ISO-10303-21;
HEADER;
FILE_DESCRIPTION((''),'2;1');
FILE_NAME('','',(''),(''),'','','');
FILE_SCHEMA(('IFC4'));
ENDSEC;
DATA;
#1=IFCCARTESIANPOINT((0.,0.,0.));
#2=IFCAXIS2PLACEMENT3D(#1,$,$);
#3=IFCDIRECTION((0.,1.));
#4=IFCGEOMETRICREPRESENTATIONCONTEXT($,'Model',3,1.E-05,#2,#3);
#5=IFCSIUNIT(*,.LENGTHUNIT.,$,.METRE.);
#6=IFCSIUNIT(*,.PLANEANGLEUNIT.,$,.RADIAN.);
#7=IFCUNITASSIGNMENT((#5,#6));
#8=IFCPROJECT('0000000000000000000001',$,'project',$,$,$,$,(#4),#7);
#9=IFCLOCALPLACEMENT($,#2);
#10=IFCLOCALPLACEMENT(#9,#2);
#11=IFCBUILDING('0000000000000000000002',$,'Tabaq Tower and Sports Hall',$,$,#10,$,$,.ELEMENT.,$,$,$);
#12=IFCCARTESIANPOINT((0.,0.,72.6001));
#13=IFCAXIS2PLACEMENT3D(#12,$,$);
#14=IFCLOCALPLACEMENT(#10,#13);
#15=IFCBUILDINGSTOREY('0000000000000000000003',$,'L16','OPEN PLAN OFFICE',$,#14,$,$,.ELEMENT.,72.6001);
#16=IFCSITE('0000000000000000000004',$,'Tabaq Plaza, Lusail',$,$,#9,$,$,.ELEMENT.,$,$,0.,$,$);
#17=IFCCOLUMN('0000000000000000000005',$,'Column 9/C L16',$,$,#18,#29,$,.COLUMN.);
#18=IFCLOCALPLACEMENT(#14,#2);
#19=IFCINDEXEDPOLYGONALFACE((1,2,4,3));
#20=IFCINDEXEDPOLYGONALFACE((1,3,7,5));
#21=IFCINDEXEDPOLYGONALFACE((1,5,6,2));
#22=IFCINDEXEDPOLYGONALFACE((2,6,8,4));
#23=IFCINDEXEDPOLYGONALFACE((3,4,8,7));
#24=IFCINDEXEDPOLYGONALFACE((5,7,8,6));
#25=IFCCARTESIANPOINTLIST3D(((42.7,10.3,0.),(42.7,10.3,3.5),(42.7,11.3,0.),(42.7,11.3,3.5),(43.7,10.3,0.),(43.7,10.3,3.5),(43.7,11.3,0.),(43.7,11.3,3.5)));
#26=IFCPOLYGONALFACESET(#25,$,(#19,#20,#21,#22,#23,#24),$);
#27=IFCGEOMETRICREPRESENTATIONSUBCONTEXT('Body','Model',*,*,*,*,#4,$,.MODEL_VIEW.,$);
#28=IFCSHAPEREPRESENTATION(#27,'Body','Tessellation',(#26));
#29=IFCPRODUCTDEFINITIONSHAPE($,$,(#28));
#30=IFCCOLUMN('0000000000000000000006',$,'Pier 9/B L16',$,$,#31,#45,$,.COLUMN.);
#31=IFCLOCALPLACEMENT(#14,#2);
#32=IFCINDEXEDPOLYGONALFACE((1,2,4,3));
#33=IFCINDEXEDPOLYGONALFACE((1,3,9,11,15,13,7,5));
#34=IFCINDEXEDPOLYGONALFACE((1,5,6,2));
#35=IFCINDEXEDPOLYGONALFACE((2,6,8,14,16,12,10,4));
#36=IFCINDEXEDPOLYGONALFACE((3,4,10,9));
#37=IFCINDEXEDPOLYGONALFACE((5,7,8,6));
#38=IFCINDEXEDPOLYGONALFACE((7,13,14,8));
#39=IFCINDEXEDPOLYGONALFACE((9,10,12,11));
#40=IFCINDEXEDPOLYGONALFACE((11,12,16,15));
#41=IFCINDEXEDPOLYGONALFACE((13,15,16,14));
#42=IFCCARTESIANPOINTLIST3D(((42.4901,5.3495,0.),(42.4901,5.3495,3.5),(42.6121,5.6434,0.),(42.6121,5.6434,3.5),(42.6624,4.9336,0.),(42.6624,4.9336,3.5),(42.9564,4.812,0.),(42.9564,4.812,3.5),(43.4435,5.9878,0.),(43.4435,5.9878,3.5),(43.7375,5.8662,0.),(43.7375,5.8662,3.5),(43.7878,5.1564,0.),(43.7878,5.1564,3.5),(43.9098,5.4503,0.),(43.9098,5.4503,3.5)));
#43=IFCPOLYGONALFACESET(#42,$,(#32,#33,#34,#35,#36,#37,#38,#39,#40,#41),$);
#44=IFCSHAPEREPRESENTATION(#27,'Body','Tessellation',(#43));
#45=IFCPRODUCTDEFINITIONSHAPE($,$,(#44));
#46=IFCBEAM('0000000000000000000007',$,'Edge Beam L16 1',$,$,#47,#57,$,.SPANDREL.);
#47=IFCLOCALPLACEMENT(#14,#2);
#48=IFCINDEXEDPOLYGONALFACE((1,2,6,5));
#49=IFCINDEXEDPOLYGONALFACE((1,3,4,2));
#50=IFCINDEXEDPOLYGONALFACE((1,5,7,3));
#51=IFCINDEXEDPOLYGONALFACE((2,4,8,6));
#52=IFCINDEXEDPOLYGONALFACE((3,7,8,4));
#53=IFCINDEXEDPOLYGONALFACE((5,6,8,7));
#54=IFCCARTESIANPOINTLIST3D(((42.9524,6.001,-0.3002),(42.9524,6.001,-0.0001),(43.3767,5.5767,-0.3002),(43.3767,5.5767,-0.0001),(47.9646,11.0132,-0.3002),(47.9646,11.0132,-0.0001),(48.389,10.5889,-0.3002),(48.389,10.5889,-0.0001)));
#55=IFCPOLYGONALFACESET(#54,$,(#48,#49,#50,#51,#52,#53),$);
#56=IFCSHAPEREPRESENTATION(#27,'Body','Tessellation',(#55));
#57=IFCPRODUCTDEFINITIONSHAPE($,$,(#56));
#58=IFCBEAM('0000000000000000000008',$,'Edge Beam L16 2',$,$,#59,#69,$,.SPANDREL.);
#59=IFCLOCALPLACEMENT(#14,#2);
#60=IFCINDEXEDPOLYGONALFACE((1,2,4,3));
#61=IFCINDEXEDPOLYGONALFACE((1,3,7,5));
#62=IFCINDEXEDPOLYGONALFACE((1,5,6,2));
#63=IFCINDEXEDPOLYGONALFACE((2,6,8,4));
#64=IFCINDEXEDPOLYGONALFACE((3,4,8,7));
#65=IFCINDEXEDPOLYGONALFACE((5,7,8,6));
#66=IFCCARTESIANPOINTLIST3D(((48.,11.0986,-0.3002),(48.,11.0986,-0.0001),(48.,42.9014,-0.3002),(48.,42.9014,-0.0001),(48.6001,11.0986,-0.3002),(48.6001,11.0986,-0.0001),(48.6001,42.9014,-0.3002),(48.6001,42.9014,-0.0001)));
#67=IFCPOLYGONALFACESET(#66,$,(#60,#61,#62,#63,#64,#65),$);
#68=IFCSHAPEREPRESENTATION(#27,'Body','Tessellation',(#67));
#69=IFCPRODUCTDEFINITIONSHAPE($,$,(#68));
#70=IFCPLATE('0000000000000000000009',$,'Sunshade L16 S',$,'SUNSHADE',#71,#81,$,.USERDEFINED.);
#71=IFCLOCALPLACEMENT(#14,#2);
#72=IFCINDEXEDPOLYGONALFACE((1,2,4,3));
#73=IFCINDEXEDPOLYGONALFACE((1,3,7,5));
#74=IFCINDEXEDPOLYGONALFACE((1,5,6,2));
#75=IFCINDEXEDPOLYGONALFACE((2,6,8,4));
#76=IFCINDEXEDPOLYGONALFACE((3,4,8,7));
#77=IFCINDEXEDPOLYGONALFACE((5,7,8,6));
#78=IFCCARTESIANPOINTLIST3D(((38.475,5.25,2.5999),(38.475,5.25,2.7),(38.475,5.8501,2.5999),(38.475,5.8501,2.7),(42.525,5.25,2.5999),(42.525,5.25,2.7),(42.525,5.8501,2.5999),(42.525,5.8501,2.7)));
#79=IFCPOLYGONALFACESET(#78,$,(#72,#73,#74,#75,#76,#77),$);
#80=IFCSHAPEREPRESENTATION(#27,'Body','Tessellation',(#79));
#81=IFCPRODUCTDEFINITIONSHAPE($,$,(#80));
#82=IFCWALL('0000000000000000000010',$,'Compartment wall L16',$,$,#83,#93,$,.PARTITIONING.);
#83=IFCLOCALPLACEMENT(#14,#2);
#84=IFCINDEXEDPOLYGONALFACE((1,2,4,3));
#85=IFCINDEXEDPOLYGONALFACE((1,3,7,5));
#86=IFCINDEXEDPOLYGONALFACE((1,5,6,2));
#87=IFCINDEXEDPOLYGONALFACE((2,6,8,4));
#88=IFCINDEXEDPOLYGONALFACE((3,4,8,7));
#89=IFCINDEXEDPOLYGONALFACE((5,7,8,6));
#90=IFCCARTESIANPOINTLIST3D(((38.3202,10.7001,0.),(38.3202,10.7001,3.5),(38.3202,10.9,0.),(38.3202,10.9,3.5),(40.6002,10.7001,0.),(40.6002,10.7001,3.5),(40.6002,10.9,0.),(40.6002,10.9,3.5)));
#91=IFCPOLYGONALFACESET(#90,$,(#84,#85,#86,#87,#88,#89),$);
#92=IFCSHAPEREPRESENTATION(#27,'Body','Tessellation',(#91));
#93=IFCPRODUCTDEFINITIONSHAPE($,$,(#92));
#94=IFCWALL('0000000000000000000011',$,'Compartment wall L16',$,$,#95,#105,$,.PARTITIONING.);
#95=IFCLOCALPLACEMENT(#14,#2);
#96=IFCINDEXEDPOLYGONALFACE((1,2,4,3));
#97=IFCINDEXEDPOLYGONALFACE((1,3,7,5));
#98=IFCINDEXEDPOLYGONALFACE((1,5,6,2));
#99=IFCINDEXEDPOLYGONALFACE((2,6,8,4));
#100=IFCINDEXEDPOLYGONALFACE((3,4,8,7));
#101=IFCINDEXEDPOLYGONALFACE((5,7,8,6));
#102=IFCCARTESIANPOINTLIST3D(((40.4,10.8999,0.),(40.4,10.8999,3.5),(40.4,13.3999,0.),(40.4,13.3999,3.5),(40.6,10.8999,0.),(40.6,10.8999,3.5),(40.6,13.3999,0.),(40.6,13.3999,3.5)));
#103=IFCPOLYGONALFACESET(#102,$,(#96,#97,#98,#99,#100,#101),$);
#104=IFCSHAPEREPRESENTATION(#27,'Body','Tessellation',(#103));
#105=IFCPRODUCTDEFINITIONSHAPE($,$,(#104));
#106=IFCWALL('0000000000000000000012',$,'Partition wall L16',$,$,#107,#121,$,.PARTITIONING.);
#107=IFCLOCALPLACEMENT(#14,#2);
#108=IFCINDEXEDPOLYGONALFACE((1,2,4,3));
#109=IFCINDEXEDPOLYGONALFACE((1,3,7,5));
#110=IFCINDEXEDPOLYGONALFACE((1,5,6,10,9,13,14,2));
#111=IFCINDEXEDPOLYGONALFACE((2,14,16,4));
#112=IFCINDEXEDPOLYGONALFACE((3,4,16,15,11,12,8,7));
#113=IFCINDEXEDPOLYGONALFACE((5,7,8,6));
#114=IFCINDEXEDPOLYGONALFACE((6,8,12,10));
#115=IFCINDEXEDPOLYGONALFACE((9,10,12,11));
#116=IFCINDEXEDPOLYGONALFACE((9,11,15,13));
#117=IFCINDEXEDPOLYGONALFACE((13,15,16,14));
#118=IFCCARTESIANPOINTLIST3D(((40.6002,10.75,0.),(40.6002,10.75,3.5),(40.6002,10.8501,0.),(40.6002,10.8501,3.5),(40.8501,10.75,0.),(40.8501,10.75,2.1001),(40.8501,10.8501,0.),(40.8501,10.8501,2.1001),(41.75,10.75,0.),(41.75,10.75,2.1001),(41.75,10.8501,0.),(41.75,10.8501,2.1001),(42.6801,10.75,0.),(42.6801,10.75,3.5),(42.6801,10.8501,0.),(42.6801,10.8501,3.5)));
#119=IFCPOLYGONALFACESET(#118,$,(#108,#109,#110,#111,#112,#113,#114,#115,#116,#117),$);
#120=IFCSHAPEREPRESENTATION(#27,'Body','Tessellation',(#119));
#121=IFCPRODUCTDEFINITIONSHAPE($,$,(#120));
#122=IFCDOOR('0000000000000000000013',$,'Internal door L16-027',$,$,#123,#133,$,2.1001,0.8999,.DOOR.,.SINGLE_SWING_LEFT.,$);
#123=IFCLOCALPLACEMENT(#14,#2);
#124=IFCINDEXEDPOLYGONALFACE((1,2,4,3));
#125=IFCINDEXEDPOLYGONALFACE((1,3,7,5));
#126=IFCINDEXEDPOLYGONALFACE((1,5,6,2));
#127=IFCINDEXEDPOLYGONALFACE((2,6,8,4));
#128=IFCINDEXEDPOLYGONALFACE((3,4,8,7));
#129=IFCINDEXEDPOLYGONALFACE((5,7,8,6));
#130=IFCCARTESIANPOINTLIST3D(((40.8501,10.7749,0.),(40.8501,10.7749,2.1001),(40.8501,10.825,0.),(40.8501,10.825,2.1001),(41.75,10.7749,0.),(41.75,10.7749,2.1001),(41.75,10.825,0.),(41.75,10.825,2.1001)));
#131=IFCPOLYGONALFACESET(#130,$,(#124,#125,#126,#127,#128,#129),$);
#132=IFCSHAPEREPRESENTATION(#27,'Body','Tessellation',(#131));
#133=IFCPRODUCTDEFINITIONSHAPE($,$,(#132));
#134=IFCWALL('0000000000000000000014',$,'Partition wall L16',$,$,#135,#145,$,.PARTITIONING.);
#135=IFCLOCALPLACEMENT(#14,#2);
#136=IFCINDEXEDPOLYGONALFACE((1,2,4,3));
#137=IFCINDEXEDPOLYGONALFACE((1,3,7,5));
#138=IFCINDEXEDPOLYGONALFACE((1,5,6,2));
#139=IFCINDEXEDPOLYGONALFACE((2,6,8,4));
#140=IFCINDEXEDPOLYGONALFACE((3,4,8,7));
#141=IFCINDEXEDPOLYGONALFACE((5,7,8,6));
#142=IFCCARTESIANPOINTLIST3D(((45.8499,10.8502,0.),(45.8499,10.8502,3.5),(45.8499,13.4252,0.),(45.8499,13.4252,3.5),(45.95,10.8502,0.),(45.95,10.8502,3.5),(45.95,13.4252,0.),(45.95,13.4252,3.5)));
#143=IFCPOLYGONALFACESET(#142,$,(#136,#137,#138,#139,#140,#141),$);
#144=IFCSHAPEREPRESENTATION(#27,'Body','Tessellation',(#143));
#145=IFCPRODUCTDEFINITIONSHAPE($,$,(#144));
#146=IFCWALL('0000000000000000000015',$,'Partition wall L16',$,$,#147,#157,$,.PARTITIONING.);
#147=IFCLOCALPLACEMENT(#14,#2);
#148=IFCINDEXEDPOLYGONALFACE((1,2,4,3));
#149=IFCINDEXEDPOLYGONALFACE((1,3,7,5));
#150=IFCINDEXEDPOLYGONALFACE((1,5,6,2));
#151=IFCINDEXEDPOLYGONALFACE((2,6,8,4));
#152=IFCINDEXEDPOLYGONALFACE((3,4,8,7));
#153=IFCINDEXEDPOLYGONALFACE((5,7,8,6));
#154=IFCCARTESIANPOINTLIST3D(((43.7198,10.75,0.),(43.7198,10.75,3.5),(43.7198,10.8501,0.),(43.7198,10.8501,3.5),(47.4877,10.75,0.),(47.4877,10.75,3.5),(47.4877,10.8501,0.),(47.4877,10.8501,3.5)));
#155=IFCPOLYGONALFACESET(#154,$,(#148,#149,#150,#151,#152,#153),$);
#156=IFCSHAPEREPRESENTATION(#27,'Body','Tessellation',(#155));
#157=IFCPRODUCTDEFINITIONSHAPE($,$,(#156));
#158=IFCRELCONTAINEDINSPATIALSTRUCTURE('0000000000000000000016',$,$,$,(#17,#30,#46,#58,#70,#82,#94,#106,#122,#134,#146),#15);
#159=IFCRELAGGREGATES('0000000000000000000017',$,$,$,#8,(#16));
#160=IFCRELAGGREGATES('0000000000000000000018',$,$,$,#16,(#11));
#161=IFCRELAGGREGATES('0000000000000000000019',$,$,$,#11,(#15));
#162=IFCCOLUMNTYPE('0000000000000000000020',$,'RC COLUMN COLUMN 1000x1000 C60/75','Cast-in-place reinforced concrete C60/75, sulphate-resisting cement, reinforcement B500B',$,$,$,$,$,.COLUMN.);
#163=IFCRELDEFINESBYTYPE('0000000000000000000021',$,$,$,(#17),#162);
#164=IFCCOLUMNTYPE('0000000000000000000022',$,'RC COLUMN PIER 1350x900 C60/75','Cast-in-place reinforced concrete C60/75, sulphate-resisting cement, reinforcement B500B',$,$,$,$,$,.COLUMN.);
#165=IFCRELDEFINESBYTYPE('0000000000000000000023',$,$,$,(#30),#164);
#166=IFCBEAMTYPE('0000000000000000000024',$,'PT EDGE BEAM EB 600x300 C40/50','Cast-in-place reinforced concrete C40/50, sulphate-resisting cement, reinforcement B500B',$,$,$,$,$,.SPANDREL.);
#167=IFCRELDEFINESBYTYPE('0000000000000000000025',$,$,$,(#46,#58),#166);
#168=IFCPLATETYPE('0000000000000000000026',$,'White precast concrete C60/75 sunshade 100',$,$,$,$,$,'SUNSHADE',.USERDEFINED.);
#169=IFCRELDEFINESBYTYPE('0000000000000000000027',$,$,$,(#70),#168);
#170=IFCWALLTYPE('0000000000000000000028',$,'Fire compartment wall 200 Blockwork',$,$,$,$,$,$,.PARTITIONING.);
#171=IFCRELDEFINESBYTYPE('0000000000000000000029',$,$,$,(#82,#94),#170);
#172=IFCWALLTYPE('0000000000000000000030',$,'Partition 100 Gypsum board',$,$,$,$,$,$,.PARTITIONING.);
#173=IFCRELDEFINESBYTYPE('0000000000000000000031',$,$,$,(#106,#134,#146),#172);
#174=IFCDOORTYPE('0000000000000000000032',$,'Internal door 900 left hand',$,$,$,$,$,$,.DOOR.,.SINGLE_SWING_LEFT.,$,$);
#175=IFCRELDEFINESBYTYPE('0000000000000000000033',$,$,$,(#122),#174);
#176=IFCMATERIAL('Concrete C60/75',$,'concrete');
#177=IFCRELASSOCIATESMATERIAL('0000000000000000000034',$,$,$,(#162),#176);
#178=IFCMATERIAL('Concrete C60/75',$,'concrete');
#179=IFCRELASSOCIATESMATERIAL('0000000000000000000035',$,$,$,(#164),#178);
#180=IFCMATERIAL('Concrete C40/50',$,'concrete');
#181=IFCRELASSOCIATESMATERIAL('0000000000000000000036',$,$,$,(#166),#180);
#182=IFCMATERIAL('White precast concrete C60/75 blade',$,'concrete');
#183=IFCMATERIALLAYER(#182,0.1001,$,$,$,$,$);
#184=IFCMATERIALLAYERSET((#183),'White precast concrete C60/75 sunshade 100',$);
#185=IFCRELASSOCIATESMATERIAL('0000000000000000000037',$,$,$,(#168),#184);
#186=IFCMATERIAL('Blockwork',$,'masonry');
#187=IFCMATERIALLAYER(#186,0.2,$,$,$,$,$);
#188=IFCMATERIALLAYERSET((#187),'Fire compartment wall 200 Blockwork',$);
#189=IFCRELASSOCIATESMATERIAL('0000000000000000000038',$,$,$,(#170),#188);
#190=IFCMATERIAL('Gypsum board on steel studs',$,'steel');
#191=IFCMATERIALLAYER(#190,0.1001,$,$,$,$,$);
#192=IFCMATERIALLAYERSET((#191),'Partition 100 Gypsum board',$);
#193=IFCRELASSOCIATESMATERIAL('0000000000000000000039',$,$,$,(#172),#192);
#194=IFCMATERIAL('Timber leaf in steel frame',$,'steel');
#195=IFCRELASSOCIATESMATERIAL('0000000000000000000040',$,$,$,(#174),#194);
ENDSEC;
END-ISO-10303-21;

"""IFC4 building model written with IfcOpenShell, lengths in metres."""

from ifc_helpers import new_model, si_unit, direction, frame, frame_2d, origin, origin_2d, place, context, subcontext, project, spatial, polyline, rectangle, outline, extrude, material, layer, layer_set, material_profile, profile_set, type_object, element, fill, save


model = new_model("IFC4")

# Units and contexts
model_context = context("Model", 3, precision=1e-05, world=origin(), true_north=direction((0.0, 1.0)))
body_context = subcontext(model_context, "Body", "Model", "MODEL_VIEW")
ifc_project = project(units=[si_unit("LENGTHUNIT", "METRE"), si_unit("PLANEANGLEUNIT", "RADIAN")], contexts=[model_context])

# Site, building, storey
site_placement = place(None, origin())
site = spatial("IfcSite", under=ifc_project, at=site_placement, Name="Tabaq Plaza, Lusail", CompositionType="ELEMENT", RefElevation=0.0)
building_placement = place(site_placement, origin())
building = spatial("IfcBuilding", under=site, at=building_placement, Name="Tabaq Tower and Sports Hall", CompositionType="ELEMENT")
storey_placement = place(building_placement, frame((0.0, 0.0, 72.6001)))
storey = spatial("IfcBuildingStorey", under=building, at=storey_placement, Name="L16", Description="OPEN PLAN OFFICE", CompositionType="ELEMENT", Elevation=72.6001)

# Columns
ifc_material_1 = material(Name="Concrete C60/75", Category="concrete")
ifc_material_profile_1 = material_profile(ifc_material_1, rectangle(XDim=1.0, YDim=1.0, at=origin_2d()), Name="COLUMN 1000x1000")
ifc_profile_set_1 = profile_set([ifc_material_profile_1], Name="Concrete C60/75")
column_type_1 = type_object("IfcColumnType", Name="RC COLUMN COLUMN 1000x1000 C60/75", Description="Cast-in-place reinforced concrete C60/75, sulphate-resisting cement, reinforcement B500B", PredefinedType="COLUMN", material=ifc_profile_set_1)
column_1_placement = place(storey_placement, frame((43.2, 10.8, 0.0), z_axis=(0.0, 0.0, 1.0), x_axis=(1.0, 0.0, 0.0)))
element("IfcColumn", 1, at=column_1_placement, inside=storey, type_object=column_type_1, Name="Column 9/C L16", PredefinedType="COLUMN", context=body_context, shape_type="SweptSolid", body=[
    extrude(rectangle(XDim=1.0, YDim=1.0, at=origin_2d()), origin(), (0.0, 0.0, 1.0), 3.5),
])
ifc_material_2 = material(Name="Concrete C60/75", Category="concrete")
ifc_material_profile_2 = material_profile(ifc_material_2, outline(polyline([(-0.45, -0.45), (0.45, -0.45), (0.675, -0.2251), (0.675, 0.2251), (0.45, 0.45), (-0.45, 0.45), (-0.675, 0.2251), (-0.675, -0.2251), (-0.45, -0.45)])), Name="PIER 1350x900")
ifc_profile_set_2 = profile_set([ifc_material_profile_2], Name="Concrete C60/75")
column_type_2 = type_object("IfcColumnType", Name="RC COLUMN PIER 1350x900 C60/75", Description="Cast-in-place reinforced concrete C60/75, sulphate-resisting cement, reinforcement B500B", PredefinedType="COLUMN", material=ifc_profile_set_2)
column_2_placement = place(storey_placement, frame((43.2, 5.3999, 0.0), z_axis=(0.0, 0.0, 1.0), x_axis=(0.92388, 0.382683, 0.0)))
element("IfcColumn", 2, at=column_2_placement, inside=storey, type_object=column_type_2, Name="Pier 9/B L16", PredefinedType="COLUMN", context=body_context, shape_type="SweptSolid", body=[
    extrude(outline(polyline([(-0.45, -0.45), (0.45, -0.45), (0.675, -0.2251), (0.675, 0.2251), (0.45, 0.45), (-0.45, 0.45), (-0.675, 0.2251), (-0.675, -0.2251), (-0.45, -0.45)])), origin(), (0.0, 0.0, 1.0), 3.5),
])

# Beams
ifc_material_3 = material(Name="Concrete C40/50", Category="concrete")
ifc_material_profile_3 = material_profile(ifc_material_3, rectangle(XDim=0.6001, YDim=0.3, at=origin_2d()), Name="EB 600x300")
ifc_profile_set_3 = profile_set([ifc_material_profile_3], Name="Concrete C40/50")
beam_type = type_object("IfcBeamType", Name="PT EDGE BEAM EB 600x300 C40/50", Description="Cast-in-place reinforced concrete C40/50, sulphate-resisting cement, reinforcement B500B", PredefinedType="SPANDREL", material=ifc_profile_set_3)
beam_1_placement = place(storey_placement, frame((43.1646, 5.7888, -0.1501), z_axis=(0.707107, 0.707107, 0.0), x_axis=(-0.707107, 0.707107, 0.0)))
element("IfcBeam", 3, at=beam_1_placement, inside=storey, type_object=beam_type, Name="Edge Beam L16 1", PredefinedType="SPANDREL", context=body_context, shape_type="SweptSolid", body=[
    extrude(rectangle(XDim=0.6001, YDim=0.3, at=origin_2d()), origin(), (0.0, 0.0, 1.0), 7.0884),
])
beam_2_placement = place(storey_placement, frame((48.3, 11.0986, -0.1501), z_axis=(0.0, 1.0, 0.0), x_axis=(-1.0, 0.0, 0.0)))
element("IfcBeam", 4, at=beam_2_placement, inside=storey, type_object=beam_type, Name="Edge Beam L16 2", PredefinedType="SPANDREL", context=body_context, shape_type="SweptSolid", body=[
    extrude(rectangle(XDim=0.6001, YDim=0.3, at=origin_2d()), origin(), (0.0, 0.0, 1.0), 31.8027),
])

# Plate
ifc_material_4 = material(Name="White precast concrete C60/75 blade", Category="concrete")
ifc_layer_1 = layer(ifc_material_4, 0.1001)
ifc_layer_set_1 = layer_set([ifc_layer_1], Name="White precast concrete C60/75 sunshade 100")
plate_type = type_object("IfcPlateType", Name="White precast concrete C60/75 sunshade 100", ElementType="SUNSHADE", PredefinedType="USERDEFINED", material=ifc_layer_set_1)
plate_placement = place(storey_placement, frame((40.5, 5.55, 2.5999), z_axis=(0.0, 0.0, 1.0), x_axis=(1.0, 0.0, 0.0)))
element("IfcPlate", 5, at=plate_placement, inside=storey, type_object=plate_type, Name="Sunshade L16 S", ObjectType="SUNSHADE", PredefinedType="USERDEFINED", context=body_context, shape_type="SweptSolid", body=[
    extrude(rectangle(XDim=4.05, YDim=0.6001, at=origin_2d()), origin(), (0.0, 0.0, 1.0), 0.1001),
])

# Walls
ifc_material_5 = material(Name="Blockwork", Category="masonry")
ifc_layer_2 = layer(ifc_material_5, 0.2)
ifc_layer_set_2 = layer_set([ifc_layer_2], Name="Fire compartment wall 200 Blockwork")
wall_type_1 = type_object("IfcWallType", Name="Fire compartment wall 200 Blockwork", PredefinedType="PARTITIONING", material=ifc_layer_set_2)
wall_1_placement = place(storey_placement, frame((38.3201, 10.8, 0.0), z_axis=(0.0, 0.0, 1.0), x_axis=(1.0, 0.0, 0.0)))
element("IfcWall", 6, at=wall_1_placement, inside=storey, type_object=wall_type_1, Name="Compartment wall L16", PredefinedType="PARTITIONING", context=body_context, shape_type="SweptSolid", body=[
    extrude(rectangle(XDim=2.28, YDim=0.2, at=frame_2d((1.1401, 0.0))), origin(), (0.0, 0.0, 1.0), 3.5),
])
wall_2_placement = place(storey_placement, frame((40.5, 10.8999, 0.0), z_axis=(0.0, 0.0, 1.0), x_axis=(0.0, 1.0, 0.0)))
element("IfcWall", 7, at=wall_2_placement, inside=storey, type_object=wall_type_1, Name="Compartment wall L16", PredefinedType="PARTITIONING", context=body_context, shape_type="SweptSolid", body=[
    extrude(rectangle(XDim=2.5, YDim=0.2, at=frame_2d((1.25, 0.0))), origin(), (0.0, 0.0, 1.0), 3.5),
])

# Wall, opening, door
ifc_material_6 = material(Name="Gypsum board on steel studs", Category="steel")
ifc_layer_3 = layer(ifc_material_6, 0.1001)
ifc_layer_set_3 = layer_set([ifc_layer_3], Name="Partition 100 Gypsum board")
wall_type_2 = type_object("IfcWallType", Name="Partition 100 Gypsum board", PredefinedType="PARTITIONING", material=ifc_layer_set_3)
wall_3_placement = place(storey_placement, frame((40.6001, 10.8, 0.0), z_axis=(0.0, 0.0, 1.0), x_axis=(1.0, 0.0, 0.0)))
wall_3 = element("IfcWall", 8, at=wall_3_placement, inside=storey, type_object=wall_type_2, Name="Partition wall L16", PredefinedType="PARTITIONING", context=body_context, shape_type="SweptSolid", body=[
    extrude(rectangle(XDim=2.0798, YDim=0.1001, at=frame_2d((1.04, 0.0))), origin(), (0.0, 0.0, 1.0), 3.5),
])
opening_1_placement = place(wall_3_placement, frame((0.25, 0.0, 0.0)))
opening_1 = element("IfcOpeningElement", 9, at=opening_1_placement, cuts=wall_3, PredefinedType="OPENING", context=body_context, shape_type="SweptSolid", body=[
    extrude(rectangle(XDim=0.8999, YDim=2.1001, at=frame_2d((0.45, 1.05))), frame((0.0, 0.05, 0.0), z_axis=(0.0, -1.0, 0.0), x_axis=(1.0, 0.0, 0.0)), (0.0, 0.0, 1.0), 0.1001),
])
ifc_material_7 = material(Name="Timber leaf in steel frame", Category="steel")
door_type_1 = type_object("IfcDoorType", Name="Internal door 900 left hand", OperationType="SINGLE_SWING_LEFT", PredefinedType="DOOR", material=ifc_material_7)
door_1_placement = place(opening_1_placement, origin())
door_1 = element("IfcDoor", 10, at=door_1_placement, inside=storey, type_object=door_type_1, Name="Internal door L16-027", OperationType="SINGLE_SWING_LEFT", OverallHeight=2.1001, OverallWidth=0.8999, PredefinedType="DOOR", context=body_context, shape_type="SweptSolid", body=[
    extrude(rectangle(XDim=0.8999, YDim=2.1001, at=frame_2d((0.45, 1.05))), frame((0.0, 0.0249, 0.0), z_axis=(0.0, -1.0, 0.0), x_axis=(1.0, 0.0, 0.0)), (0.0, 0.0, 1.0), 0.05),
])
fill(opening_1, door_1)

# Walls
wall_4_placement = place(storey_placement, frame((45.8999, 10.8501, 0.0), z_axis=(0.0, 0.0, 1.0), x_axis=(0.0, 1.0, 0.0)))
element("IfcWall", 11, at=wall_4_placement, inside=storey, type_object=wall_type_2, Name="Partition wall L16", PredefinedType="PARTITIONING", context=body_context, shape_type="SweptSolid", body=[
    extrude(rectangle(XDim=2.575, YDim=0.1001, at=frame_2d((1.2876, 0.0))), origin(), (0.0, 0.0, 1.0), 3.5),
])
wall_5_placement = place(storey_placement, frame((43.72, 10.8, 0.0), z_axis=(0.0, 0.0, 1.0), x_axis=(1.0, 0.0, 0.0)))
element("IfcWall", 12, at=wall_5_placement, inside=storey, type_object=wall_type_2, Name="Partition wall L16", PredefinedType="PARTITIONING", context=body_context, shape_type="SweptSolid", body=[
    extrude(rectangle(XDim=3.7678, YDim=0.1001, at=frame_2d((1.8838, 0.0))), origin(), (0.0, 0.0, 1.0), 3.5),
])

save(model, "model.ifc")
